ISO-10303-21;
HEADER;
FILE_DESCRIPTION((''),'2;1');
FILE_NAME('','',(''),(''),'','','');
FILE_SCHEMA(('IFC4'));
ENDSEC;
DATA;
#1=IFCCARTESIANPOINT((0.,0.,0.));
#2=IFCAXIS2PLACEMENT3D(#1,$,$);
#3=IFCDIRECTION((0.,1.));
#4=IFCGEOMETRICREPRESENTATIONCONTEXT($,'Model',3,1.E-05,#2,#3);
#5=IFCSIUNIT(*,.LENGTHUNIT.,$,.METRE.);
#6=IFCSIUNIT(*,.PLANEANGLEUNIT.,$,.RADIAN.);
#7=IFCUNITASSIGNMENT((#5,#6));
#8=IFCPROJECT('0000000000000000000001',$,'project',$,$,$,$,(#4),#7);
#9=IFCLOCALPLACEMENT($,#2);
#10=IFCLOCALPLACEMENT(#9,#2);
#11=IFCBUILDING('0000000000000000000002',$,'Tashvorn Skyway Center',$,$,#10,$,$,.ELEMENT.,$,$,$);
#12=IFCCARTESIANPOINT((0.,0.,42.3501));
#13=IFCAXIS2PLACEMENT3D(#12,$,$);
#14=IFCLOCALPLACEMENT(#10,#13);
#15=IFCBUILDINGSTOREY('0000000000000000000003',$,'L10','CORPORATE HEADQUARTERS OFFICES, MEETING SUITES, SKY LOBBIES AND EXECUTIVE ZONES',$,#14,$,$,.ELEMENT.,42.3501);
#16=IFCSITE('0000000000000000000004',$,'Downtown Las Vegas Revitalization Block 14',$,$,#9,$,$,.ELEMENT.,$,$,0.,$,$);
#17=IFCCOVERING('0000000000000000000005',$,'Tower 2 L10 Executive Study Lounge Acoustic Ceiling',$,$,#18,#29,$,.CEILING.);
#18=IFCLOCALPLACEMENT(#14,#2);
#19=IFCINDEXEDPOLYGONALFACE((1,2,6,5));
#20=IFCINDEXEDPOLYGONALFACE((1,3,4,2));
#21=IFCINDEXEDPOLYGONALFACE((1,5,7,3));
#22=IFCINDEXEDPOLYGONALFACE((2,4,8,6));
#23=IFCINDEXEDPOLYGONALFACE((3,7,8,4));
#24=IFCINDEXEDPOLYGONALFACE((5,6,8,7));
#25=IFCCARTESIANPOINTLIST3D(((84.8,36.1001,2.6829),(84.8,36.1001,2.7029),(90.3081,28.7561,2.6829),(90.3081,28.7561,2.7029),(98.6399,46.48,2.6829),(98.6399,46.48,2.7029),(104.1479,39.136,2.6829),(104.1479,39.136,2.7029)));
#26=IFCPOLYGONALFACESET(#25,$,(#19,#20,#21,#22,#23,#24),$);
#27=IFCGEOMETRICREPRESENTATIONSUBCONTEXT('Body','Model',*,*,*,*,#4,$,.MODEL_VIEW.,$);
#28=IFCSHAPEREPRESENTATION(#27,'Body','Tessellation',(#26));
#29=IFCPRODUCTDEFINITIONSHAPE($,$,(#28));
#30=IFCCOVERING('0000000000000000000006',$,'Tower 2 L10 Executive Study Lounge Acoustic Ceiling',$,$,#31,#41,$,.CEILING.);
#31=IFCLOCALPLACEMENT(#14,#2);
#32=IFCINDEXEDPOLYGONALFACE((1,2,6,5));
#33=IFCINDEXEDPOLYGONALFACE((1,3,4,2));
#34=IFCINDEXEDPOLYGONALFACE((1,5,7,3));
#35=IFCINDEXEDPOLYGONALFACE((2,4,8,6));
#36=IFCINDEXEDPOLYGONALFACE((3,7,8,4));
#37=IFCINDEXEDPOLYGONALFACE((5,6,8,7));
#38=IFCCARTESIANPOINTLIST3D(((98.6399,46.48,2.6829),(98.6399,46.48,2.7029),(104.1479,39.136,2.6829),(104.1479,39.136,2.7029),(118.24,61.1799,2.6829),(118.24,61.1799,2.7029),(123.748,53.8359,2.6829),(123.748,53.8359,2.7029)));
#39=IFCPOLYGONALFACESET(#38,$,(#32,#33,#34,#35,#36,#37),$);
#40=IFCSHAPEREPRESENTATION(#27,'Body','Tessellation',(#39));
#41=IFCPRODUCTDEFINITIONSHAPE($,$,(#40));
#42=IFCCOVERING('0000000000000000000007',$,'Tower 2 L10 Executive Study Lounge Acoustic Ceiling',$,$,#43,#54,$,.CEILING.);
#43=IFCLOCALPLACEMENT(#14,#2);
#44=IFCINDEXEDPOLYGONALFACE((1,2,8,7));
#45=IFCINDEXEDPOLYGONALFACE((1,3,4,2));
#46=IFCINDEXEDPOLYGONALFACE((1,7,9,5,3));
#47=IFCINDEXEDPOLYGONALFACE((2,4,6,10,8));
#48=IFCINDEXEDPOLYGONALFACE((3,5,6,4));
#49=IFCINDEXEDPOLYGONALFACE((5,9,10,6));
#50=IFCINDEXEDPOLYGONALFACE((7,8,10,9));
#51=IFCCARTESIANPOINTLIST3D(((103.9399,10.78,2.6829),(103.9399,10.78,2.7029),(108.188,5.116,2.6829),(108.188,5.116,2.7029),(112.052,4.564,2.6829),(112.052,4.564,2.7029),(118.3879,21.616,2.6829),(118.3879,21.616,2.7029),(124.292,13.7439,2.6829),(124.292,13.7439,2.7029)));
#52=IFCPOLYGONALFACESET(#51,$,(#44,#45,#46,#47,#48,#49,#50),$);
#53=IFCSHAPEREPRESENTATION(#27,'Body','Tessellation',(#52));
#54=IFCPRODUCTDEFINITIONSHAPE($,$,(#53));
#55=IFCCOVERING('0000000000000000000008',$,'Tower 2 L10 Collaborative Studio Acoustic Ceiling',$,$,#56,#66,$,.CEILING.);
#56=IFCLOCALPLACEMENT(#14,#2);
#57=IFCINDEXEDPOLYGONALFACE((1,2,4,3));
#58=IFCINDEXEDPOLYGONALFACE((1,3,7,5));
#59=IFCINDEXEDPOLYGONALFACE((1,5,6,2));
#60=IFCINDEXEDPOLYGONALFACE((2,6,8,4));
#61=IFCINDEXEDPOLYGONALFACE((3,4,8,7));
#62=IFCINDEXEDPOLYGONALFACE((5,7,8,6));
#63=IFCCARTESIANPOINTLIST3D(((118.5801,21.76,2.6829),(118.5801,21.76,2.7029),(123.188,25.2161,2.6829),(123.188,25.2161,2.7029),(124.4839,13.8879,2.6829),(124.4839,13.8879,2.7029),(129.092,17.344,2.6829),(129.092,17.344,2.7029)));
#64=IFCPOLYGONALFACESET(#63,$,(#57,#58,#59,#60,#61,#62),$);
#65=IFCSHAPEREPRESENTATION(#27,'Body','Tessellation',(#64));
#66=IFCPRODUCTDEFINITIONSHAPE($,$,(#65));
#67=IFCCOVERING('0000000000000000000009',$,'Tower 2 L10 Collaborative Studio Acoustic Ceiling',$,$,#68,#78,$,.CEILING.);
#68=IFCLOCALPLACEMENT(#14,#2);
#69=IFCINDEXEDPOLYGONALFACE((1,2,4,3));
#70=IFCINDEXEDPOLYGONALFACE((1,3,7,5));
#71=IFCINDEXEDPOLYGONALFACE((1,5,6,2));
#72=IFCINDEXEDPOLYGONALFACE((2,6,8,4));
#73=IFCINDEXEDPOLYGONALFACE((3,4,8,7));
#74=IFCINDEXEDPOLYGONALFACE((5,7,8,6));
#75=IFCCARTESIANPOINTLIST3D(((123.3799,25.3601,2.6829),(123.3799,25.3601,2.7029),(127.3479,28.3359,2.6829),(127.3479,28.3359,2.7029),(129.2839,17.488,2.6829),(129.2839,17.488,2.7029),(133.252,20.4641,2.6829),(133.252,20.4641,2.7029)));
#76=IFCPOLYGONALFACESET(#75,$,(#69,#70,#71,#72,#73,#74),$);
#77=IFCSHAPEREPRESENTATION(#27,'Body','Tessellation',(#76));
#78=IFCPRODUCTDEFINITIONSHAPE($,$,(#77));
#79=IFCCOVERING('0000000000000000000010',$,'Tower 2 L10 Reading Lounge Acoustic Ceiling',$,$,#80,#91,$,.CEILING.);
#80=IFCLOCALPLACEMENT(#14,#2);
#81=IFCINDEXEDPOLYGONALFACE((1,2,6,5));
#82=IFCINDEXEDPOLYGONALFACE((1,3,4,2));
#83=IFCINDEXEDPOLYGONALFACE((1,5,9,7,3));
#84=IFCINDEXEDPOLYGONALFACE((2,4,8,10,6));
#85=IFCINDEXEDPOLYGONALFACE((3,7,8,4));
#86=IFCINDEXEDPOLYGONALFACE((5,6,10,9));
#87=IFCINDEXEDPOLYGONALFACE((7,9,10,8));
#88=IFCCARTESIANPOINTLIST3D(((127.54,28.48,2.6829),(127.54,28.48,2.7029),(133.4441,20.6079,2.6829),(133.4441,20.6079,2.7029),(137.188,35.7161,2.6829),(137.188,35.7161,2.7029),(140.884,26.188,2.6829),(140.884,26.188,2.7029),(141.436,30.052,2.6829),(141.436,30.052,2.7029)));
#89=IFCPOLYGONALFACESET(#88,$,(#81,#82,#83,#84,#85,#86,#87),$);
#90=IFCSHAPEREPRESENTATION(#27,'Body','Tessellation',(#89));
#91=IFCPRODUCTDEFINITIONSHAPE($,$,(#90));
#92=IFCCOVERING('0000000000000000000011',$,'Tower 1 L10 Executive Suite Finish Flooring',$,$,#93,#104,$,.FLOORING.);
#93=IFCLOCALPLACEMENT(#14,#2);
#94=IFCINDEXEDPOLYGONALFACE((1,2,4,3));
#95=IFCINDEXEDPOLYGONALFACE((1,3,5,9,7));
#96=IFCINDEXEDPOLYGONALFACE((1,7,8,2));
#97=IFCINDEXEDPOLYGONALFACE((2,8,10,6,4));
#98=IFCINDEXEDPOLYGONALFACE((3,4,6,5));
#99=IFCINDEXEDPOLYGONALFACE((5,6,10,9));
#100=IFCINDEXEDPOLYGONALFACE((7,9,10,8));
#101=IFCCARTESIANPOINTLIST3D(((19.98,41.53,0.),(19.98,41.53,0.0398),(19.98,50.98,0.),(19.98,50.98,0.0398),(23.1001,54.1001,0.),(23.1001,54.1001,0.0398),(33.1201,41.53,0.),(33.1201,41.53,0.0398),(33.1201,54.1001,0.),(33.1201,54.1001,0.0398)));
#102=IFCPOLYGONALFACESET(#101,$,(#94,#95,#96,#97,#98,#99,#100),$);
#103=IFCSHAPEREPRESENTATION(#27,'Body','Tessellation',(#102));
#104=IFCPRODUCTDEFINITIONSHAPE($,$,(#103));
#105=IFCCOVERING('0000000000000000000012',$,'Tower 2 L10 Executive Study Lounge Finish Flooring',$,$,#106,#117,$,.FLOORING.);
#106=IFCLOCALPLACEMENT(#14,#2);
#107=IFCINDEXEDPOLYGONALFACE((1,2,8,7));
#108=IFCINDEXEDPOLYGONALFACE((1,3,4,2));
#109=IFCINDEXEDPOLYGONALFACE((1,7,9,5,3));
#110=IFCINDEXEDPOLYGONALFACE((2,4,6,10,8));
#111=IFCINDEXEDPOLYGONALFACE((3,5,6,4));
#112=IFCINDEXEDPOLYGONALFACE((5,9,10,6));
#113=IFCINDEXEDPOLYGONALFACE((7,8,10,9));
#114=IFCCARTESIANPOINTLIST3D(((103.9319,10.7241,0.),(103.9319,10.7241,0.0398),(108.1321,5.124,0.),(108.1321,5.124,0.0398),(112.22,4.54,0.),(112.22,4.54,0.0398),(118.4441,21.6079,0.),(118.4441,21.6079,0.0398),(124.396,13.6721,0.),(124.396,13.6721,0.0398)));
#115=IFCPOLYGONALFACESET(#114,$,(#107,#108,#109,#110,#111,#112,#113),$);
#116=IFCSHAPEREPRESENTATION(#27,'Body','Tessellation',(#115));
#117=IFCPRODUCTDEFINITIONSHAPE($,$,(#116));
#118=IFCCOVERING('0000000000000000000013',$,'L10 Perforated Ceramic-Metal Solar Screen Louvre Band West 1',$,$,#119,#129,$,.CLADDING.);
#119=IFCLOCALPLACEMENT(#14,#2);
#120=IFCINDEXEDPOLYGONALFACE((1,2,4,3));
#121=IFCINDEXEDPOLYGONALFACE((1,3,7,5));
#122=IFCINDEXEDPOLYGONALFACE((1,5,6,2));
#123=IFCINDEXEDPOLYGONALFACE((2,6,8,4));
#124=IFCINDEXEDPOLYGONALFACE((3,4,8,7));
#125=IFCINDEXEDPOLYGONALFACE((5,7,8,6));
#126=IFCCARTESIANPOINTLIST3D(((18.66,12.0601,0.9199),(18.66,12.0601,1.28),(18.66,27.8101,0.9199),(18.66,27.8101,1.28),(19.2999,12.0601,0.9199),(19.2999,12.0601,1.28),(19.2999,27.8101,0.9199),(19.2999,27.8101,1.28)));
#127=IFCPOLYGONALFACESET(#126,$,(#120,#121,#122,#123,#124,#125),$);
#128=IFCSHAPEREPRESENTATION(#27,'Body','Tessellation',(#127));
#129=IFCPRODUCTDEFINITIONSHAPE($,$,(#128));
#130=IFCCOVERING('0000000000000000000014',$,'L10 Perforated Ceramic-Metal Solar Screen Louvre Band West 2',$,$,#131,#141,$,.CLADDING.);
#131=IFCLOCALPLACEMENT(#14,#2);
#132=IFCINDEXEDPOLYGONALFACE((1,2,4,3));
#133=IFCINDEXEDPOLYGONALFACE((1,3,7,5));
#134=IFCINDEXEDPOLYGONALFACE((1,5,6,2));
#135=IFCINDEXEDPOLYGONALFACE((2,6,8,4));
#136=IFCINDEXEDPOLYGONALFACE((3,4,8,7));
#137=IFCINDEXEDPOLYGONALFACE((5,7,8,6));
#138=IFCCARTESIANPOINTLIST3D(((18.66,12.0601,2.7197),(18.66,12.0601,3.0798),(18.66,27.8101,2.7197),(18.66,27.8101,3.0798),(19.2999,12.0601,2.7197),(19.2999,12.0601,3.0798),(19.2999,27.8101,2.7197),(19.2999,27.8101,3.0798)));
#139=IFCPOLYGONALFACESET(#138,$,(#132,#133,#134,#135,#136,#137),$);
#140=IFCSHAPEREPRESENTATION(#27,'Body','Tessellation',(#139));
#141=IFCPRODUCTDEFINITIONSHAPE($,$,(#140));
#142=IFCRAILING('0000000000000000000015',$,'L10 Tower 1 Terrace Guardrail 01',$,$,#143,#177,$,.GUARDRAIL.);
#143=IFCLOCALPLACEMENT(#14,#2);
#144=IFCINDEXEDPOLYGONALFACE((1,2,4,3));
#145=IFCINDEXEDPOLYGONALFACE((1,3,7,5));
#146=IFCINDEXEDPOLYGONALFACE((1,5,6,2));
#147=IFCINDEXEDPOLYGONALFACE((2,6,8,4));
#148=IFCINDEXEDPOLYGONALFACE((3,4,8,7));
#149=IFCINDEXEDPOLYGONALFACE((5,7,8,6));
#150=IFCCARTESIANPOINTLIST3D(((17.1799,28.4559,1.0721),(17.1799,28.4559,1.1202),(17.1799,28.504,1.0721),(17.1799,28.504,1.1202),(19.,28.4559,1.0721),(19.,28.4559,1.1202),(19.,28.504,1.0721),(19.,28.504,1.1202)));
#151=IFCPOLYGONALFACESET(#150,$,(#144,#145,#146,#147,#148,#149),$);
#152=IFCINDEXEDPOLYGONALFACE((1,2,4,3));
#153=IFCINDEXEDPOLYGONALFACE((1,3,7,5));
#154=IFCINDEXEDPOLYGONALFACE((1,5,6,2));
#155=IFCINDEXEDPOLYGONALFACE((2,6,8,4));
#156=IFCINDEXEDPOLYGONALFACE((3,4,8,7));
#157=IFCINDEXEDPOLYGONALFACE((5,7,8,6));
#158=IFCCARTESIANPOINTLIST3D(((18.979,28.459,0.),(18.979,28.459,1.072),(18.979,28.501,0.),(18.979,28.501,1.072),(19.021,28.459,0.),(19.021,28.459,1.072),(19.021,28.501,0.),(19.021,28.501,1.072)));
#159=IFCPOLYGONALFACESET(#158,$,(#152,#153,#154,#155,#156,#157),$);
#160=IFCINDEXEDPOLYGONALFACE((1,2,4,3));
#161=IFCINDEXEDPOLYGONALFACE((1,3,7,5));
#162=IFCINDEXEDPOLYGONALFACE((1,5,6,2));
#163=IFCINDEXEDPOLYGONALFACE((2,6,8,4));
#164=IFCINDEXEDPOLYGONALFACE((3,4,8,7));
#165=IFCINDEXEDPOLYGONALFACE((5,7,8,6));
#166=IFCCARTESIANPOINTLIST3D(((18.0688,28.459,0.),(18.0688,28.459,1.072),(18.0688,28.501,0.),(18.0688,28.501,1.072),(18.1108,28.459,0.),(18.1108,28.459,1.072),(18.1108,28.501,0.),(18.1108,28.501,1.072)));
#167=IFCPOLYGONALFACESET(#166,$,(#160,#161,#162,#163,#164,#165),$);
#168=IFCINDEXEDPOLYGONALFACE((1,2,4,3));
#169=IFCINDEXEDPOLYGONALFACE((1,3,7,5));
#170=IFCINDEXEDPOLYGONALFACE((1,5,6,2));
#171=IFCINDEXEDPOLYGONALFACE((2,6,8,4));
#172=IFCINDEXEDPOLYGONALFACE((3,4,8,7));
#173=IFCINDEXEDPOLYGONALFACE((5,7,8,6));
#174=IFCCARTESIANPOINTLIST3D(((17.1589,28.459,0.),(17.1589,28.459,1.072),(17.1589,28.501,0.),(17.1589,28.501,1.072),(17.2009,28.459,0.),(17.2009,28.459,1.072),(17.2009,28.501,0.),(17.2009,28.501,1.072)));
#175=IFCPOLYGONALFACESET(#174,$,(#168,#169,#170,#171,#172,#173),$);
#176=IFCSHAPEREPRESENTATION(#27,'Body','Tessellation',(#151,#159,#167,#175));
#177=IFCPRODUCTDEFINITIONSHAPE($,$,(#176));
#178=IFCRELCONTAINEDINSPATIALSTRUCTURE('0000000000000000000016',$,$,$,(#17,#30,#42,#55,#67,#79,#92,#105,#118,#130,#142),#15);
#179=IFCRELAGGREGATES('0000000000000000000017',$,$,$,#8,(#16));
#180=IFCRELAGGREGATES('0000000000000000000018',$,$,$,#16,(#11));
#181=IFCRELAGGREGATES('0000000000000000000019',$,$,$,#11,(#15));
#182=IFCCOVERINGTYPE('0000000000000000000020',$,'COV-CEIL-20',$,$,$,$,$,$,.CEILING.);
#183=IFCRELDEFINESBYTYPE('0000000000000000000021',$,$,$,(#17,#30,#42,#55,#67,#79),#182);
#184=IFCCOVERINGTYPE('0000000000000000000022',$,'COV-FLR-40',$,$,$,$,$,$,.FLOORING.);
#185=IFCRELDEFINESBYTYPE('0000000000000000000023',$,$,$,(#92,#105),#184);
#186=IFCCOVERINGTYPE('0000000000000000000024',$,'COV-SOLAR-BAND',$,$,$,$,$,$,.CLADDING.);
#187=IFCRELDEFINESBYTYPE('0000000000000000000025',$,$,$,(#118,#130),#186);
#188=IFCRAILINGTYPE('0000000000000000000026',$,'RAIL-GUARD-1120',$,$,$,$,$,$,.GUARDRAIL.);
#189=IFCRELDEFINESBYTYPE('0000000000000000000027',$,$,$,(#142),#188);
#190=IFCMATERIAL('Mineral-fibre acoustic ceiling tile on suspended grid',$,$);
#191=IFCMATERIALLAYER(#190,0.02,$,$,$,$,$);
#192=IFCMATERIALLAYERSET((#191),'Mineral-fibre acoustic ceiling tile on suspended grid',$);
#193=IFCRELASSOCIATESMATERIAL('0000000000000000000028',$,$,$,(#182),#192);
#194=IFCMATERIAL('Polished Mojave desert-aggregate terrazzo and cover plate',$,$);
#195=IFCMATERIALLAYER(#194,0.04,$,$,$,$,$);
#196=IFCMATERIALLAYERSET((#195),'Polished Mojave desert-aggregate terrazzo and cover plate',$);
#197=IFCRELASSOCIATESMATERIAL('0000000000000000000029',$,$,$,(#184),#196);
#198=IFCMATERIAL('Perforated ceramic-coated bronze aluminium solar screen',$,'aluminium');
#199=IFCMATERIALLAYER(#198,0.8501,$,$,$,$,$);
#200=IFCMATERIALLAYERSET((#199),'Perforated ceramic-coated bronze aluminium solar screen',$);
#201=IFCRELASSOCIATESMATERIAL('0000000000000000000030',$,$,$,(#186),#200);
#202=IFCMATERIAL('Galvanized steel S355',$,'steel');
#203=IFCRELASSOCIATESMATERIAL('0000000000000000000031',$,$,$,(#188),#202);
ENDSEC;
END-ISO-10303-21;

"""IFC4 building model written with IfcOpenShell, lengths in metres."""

from ifc_helpers import new_model, si_unit, direction, frame, origin, origin_2d, place, context, subcontext, project, spatial, polyline, rectangle, outline, extrude, material, layer, layer_set, type_object, element, save


model = new_model("IFC4")

# Units and contexts
model_context = context("Model", 3, precision=1e-05, world=origin(), true_north=direction((0.0, 1.0)))
body_context = subcontext(model_context, "Body", "Model", "MODEL_VIEW")
ifc_project = project(units=[si_unit("LENGTHUNIT", "METRE"), si_unit("PLANEANGLEUNIT", "RADIAN")], contexts=[model_context])

# Site, building, storey
site_placement = place(None, origin())
site = spatial("IfcSite", under=ifc_project, at=site_placement, Name="Downtown Las Vegas Revitalization Block 14", CompositionType="ELEMENT", RefElevation=0.0)
building_placement = place(site_placement, origin())
building = spatial("IfcBuilding", under=site, at=building_placement, Name="Tashvorn Skyway Center", CompositionType="ELEMENT")
storey_placement = place(building_placement, frame((0.0, 0.0, 42.3501)))
storey = spatial("IfcBuildingStorey", under=building, at=storey_placement, Name="L10", Description="CORPORATE HEADQUARTERS OFFICES, MEETING SUITES, SKY LOBBIES AND EXECUTIVE ZONES", CompositionType="ELEMENT", Elevation=42.3501)

# Coverings
ifc_material_1 = material(Name="Mineral-fibre acoustic ceiling tile on suspended grid")
ifc_layer_1 = layer(ifc_material_1, 0.02)
ifc_layer_set_1 = layer_set([ifc_layer_1], Name="Mineral-fibre acoustic ceiling tile on suspended grid")
covering_type_1 = type_object("IfcCoveringType", Name="COV-CEIL-20", PredefinedType="CEILING", material=ifc_layer_set_1)
covering_1_placement = place(storey_placement, frame((0.0, 0.0, 2.6829)))
element("IfcCovering", 1, at=covering_1_placement, inside=storey, type_object=covering_type_1, Name="Tower 2 L10 Executive Study Lounge Acoustic Ceiling", PredefinedType="CEILING", context=body_context, shape_type="SweptSolid", body=[
    extrude(outline(polyline([(90.3081, 28.7561), (104.1479, 39.136), (98.6399, 46.48), (84.8, 36.1001), (90.3081, 28.7561)])), origin(), (0.0, 0.0, 1.0), 0.02),
])
covering_2_placement = place(storey_placement, frame((0.0, 0.0, 2.6829)))
element("IfcCovering", 2, at=covering_2_placement, inside=storey, type_object=covering_type_1, Name="Tower 2 L10 Executive Study Lounge Acoustic Ceiling", PredefinedType="CEILING", context=body_context, shape_type="SweptSolid", body=[
    extrude(outline(polyline([(104.1479, 39.136), (123.748, 53.8359), (118.24, 61.1799), (98.6399, 46.48), (104.1479, 39.136)])), origin(), (0.0, 0.0, 1.0), 0.02),
])
covering_3_placement = place(storey_placement, frame((0.0, 0.0, 2.6829)))
element("IfcCovering", 3, at=covering_3_placement, inside=storey, type_object=covering_type_1, Name="Tower 2 L10 Executive Study Lounge Acoustic Ceiling", PredefinedType="CEILING", context=body_context, shape_type="SweptSolid", body=[
    extrude(outline(polyline([(103.9399, 10.78), (118.3879, 21.616), (124.292, 13.7439), (112.052, 4.564), (108.188, 5.116), (103.9399, 10.78)])), origin(), (0.0, 0.0, 1.0), 0.02),
])
covering_4_placement = place(storey_placement, frame((0.0, 0.0, 2.6829)))
element("IfcCovering", 4, at=covering_4_placement, inside=storey, type_object=covering_type_1, Name="Tower 2 L10 Collaborative Studio Acoustic Ceiling", PredefinedType="CEILING", context=body_context, shape_type="SweptSolid", body=[
    extrude(outline(polyline([(118.5801, 21.76), (123.188, 25.2161), (129.092, 17.344), (124.4839, 13.8879), (118.5801, 21.76)])), origin(), (0.0, 0.0, 1.0), 0.02),
])
covering_5_placement = place(storey_placement, frame((0.0, 0.0, 2.6829)))
element("IfcCovering", 5, at=covering_5_placement, inside=storey, type_object=covering_type_1, Name="Tower 2 L10 Collaborative Studio Acoustic Ceiling", PredefinedType="CEILING", context=body_context, shape_type="SweptSolid", body=[
    extrude(outline(polyline([(123.3799, 25.3601), (127.3479, 28.3359), (133.252, 20.4641), (129.2839, 17.488), (123.3799, 25.3601)])), origin(), (0.0, 0.0, 1.0), 0.02),
])
covering_6_placement = place(storey_placement, frame((0.0, 0.0, 2.6829)))
element("IfcCovering", 6, at=covering_6_placement, inside=storey, type_object=covering_type_1, Name="Tower 2 L10 Reading Lounge Acoustic Ceiling", PredefinedType="CEILING", context=body_context, shape_type="SweptSolid", body=[
    extrude(outline(polyline([(133.4441, 20.6079), (127.54, 28.48), (137.188, 35.7161), (141.436, 30.052), (140.884, 26.188), (133.4441, 20.6079)])), origin(), (0.0, 0.0, 1.0), 0.02),
])
ifc_material_2 = material(Name="Polished Mojave desert-aggregate terrazzo and cover plate")
ifc_layer_2 = layer(ifc_material_2, 0.04)
ifc_layer_set_2 = layer_set([ifc_layer_2], Name="Polished Mojave desert-aggregate terrazzo and cover plate")
covering_type_2 = type_object("IfcCoveringType", Name="COV-FLR-40", PredefinedType="FLOORING", material=ifc_layer_set_2)
covering_7_placement = place(storey_placement, origin())
element("IfcCovering", 7, at=covering_7_placement, inside=storey, type_object=covering_type_2, Name="Tower 1 L10 Executive Suite Finish Flooring", PredefinedType="FLOORING", context=body_context, shape_type="SweptSolid", body=[
    extrude(outline(polyline([(33.1201, 41.53), (19.98, 41.53), (19.98, 50.98), (23.1001, 54.1001), (33.1201, 54.1001), (33.1201, 41.53)])), origin(), (0.0, 0.0, 1.0), 0.0398),
])
covering_8_placement = place(storey_placement, origin())
element("IfcCovering", 8, at=covering_8_placement, inside=storey, type_object=covering_type_2, Name="Tower 2 L10 Executive Study Lounge Finish Flooring", PredefinedType="FLOORING", context=body_context, shape_type="SweptSolid", body=[
    extrude(outline(polyline([(112.22, 4.54), (108.1321, 5.124), (103.9319, 10.7241), (118.4441, 21.6079), (124.396, 13.6721), (112.22, 4.54)])), origin(), (0.0, 0.0, 1.0), 0.0398),
])
ifc_material_3 = material(Name="Perforated ceramic-coated bronze aluminium solar screen", Category="aluminium")
ifc_layer_3 = layer(ifc_material_3, 0.8501)
ifc_layer_set_3 = layer_set([ifc_layer_3], Name="Perforated ceramic-coated bronze aluminium solar screen")
covering_type_3 = type_object("IfcCoveringType", Name="COV-SOLAR-BAND", PredefinedType="CLADDING", material=ifc_layer_set_3)
for number, where, z_axis, x_axis, name in (
    (9, (18.98, 19.9351, 0.9199), (0.0, 0.0, 1.0), (0.0, 1.0, 0.0), "L10 Perforated Ceramic-Metal Solar Screen Louvre Band West 1"),
    (10, (18.98, 19.9351, 2.7197), (0.0, 0.0, 1.0), (0.0, 1.0, 0.0), "L10 Perforated Ceramic-Metal Solar Screen Louvre Band West 2"),
):
    element("IfcCovering", number, at=place(storey_placement, frame(where, z_axis=z_axis, x_axis=x_axis)), inside=storey, type_object=covering_type_3, Name=name, PredefinedType="CLADDING", context=body_context, shape_type="SweptSolid", body=[
        extrude(rectangle(XDim=15.75, YDim=0.6399, at=origin_2d()), origin(), (0.0, 0.0, 1.0), 0.3601),
    ])

# Railing
ifc_material_4 = material(Name="Galvanized steel S355", Category="steel")
railing_type = type_object("IfcRailingType", Name="RAIL-GUARD-1120", PredefinedType="GUARDRAIL", material=ifc_material_4)
railing_1_placement = place(storey_placement, frame((19.0, 28.48, 0.0)))
element("IfcRailing", 11, at=railing_1_placement, inside=storey, type_object=railing_type, Name="L10 Tower 1 Terrace Guardrail 01", PredefinedType="GUARDRAIL", context=body_context, shape_type="SweptSolid", body=[
    extrude(rectangle(XDim=0.0481, YDim=0.0481, at=origin_2d()), frame((0.0, 0.0, 1.0962), z_axis=(-1.0, 0.0, 0.0), x_axis=(0.0, -1.0, 0.0)), (0.0, 0.0, 1.0), 1.8201),
    extrude(rectangle(XDim=0.042, YDim=0.042, at=origin_2d()), origin(), (0.0, 0.0, 1.0), 1.072),
    extrude(rectangle(XDim=0.042, YDim=0.042, at=origin_2d()), frame((-0.9102, 0.0, 0.0)), (0.0, 0.0, 1.0), 1.072),
    extrude(rectangle(XDim=0.042, YDim=0.042, at=origin_2d()), frame((-1.8201, 0.0, 0.0)), (0.0, 0.0, 1.0), 1.072),
])

save(model, "model.ifc")
